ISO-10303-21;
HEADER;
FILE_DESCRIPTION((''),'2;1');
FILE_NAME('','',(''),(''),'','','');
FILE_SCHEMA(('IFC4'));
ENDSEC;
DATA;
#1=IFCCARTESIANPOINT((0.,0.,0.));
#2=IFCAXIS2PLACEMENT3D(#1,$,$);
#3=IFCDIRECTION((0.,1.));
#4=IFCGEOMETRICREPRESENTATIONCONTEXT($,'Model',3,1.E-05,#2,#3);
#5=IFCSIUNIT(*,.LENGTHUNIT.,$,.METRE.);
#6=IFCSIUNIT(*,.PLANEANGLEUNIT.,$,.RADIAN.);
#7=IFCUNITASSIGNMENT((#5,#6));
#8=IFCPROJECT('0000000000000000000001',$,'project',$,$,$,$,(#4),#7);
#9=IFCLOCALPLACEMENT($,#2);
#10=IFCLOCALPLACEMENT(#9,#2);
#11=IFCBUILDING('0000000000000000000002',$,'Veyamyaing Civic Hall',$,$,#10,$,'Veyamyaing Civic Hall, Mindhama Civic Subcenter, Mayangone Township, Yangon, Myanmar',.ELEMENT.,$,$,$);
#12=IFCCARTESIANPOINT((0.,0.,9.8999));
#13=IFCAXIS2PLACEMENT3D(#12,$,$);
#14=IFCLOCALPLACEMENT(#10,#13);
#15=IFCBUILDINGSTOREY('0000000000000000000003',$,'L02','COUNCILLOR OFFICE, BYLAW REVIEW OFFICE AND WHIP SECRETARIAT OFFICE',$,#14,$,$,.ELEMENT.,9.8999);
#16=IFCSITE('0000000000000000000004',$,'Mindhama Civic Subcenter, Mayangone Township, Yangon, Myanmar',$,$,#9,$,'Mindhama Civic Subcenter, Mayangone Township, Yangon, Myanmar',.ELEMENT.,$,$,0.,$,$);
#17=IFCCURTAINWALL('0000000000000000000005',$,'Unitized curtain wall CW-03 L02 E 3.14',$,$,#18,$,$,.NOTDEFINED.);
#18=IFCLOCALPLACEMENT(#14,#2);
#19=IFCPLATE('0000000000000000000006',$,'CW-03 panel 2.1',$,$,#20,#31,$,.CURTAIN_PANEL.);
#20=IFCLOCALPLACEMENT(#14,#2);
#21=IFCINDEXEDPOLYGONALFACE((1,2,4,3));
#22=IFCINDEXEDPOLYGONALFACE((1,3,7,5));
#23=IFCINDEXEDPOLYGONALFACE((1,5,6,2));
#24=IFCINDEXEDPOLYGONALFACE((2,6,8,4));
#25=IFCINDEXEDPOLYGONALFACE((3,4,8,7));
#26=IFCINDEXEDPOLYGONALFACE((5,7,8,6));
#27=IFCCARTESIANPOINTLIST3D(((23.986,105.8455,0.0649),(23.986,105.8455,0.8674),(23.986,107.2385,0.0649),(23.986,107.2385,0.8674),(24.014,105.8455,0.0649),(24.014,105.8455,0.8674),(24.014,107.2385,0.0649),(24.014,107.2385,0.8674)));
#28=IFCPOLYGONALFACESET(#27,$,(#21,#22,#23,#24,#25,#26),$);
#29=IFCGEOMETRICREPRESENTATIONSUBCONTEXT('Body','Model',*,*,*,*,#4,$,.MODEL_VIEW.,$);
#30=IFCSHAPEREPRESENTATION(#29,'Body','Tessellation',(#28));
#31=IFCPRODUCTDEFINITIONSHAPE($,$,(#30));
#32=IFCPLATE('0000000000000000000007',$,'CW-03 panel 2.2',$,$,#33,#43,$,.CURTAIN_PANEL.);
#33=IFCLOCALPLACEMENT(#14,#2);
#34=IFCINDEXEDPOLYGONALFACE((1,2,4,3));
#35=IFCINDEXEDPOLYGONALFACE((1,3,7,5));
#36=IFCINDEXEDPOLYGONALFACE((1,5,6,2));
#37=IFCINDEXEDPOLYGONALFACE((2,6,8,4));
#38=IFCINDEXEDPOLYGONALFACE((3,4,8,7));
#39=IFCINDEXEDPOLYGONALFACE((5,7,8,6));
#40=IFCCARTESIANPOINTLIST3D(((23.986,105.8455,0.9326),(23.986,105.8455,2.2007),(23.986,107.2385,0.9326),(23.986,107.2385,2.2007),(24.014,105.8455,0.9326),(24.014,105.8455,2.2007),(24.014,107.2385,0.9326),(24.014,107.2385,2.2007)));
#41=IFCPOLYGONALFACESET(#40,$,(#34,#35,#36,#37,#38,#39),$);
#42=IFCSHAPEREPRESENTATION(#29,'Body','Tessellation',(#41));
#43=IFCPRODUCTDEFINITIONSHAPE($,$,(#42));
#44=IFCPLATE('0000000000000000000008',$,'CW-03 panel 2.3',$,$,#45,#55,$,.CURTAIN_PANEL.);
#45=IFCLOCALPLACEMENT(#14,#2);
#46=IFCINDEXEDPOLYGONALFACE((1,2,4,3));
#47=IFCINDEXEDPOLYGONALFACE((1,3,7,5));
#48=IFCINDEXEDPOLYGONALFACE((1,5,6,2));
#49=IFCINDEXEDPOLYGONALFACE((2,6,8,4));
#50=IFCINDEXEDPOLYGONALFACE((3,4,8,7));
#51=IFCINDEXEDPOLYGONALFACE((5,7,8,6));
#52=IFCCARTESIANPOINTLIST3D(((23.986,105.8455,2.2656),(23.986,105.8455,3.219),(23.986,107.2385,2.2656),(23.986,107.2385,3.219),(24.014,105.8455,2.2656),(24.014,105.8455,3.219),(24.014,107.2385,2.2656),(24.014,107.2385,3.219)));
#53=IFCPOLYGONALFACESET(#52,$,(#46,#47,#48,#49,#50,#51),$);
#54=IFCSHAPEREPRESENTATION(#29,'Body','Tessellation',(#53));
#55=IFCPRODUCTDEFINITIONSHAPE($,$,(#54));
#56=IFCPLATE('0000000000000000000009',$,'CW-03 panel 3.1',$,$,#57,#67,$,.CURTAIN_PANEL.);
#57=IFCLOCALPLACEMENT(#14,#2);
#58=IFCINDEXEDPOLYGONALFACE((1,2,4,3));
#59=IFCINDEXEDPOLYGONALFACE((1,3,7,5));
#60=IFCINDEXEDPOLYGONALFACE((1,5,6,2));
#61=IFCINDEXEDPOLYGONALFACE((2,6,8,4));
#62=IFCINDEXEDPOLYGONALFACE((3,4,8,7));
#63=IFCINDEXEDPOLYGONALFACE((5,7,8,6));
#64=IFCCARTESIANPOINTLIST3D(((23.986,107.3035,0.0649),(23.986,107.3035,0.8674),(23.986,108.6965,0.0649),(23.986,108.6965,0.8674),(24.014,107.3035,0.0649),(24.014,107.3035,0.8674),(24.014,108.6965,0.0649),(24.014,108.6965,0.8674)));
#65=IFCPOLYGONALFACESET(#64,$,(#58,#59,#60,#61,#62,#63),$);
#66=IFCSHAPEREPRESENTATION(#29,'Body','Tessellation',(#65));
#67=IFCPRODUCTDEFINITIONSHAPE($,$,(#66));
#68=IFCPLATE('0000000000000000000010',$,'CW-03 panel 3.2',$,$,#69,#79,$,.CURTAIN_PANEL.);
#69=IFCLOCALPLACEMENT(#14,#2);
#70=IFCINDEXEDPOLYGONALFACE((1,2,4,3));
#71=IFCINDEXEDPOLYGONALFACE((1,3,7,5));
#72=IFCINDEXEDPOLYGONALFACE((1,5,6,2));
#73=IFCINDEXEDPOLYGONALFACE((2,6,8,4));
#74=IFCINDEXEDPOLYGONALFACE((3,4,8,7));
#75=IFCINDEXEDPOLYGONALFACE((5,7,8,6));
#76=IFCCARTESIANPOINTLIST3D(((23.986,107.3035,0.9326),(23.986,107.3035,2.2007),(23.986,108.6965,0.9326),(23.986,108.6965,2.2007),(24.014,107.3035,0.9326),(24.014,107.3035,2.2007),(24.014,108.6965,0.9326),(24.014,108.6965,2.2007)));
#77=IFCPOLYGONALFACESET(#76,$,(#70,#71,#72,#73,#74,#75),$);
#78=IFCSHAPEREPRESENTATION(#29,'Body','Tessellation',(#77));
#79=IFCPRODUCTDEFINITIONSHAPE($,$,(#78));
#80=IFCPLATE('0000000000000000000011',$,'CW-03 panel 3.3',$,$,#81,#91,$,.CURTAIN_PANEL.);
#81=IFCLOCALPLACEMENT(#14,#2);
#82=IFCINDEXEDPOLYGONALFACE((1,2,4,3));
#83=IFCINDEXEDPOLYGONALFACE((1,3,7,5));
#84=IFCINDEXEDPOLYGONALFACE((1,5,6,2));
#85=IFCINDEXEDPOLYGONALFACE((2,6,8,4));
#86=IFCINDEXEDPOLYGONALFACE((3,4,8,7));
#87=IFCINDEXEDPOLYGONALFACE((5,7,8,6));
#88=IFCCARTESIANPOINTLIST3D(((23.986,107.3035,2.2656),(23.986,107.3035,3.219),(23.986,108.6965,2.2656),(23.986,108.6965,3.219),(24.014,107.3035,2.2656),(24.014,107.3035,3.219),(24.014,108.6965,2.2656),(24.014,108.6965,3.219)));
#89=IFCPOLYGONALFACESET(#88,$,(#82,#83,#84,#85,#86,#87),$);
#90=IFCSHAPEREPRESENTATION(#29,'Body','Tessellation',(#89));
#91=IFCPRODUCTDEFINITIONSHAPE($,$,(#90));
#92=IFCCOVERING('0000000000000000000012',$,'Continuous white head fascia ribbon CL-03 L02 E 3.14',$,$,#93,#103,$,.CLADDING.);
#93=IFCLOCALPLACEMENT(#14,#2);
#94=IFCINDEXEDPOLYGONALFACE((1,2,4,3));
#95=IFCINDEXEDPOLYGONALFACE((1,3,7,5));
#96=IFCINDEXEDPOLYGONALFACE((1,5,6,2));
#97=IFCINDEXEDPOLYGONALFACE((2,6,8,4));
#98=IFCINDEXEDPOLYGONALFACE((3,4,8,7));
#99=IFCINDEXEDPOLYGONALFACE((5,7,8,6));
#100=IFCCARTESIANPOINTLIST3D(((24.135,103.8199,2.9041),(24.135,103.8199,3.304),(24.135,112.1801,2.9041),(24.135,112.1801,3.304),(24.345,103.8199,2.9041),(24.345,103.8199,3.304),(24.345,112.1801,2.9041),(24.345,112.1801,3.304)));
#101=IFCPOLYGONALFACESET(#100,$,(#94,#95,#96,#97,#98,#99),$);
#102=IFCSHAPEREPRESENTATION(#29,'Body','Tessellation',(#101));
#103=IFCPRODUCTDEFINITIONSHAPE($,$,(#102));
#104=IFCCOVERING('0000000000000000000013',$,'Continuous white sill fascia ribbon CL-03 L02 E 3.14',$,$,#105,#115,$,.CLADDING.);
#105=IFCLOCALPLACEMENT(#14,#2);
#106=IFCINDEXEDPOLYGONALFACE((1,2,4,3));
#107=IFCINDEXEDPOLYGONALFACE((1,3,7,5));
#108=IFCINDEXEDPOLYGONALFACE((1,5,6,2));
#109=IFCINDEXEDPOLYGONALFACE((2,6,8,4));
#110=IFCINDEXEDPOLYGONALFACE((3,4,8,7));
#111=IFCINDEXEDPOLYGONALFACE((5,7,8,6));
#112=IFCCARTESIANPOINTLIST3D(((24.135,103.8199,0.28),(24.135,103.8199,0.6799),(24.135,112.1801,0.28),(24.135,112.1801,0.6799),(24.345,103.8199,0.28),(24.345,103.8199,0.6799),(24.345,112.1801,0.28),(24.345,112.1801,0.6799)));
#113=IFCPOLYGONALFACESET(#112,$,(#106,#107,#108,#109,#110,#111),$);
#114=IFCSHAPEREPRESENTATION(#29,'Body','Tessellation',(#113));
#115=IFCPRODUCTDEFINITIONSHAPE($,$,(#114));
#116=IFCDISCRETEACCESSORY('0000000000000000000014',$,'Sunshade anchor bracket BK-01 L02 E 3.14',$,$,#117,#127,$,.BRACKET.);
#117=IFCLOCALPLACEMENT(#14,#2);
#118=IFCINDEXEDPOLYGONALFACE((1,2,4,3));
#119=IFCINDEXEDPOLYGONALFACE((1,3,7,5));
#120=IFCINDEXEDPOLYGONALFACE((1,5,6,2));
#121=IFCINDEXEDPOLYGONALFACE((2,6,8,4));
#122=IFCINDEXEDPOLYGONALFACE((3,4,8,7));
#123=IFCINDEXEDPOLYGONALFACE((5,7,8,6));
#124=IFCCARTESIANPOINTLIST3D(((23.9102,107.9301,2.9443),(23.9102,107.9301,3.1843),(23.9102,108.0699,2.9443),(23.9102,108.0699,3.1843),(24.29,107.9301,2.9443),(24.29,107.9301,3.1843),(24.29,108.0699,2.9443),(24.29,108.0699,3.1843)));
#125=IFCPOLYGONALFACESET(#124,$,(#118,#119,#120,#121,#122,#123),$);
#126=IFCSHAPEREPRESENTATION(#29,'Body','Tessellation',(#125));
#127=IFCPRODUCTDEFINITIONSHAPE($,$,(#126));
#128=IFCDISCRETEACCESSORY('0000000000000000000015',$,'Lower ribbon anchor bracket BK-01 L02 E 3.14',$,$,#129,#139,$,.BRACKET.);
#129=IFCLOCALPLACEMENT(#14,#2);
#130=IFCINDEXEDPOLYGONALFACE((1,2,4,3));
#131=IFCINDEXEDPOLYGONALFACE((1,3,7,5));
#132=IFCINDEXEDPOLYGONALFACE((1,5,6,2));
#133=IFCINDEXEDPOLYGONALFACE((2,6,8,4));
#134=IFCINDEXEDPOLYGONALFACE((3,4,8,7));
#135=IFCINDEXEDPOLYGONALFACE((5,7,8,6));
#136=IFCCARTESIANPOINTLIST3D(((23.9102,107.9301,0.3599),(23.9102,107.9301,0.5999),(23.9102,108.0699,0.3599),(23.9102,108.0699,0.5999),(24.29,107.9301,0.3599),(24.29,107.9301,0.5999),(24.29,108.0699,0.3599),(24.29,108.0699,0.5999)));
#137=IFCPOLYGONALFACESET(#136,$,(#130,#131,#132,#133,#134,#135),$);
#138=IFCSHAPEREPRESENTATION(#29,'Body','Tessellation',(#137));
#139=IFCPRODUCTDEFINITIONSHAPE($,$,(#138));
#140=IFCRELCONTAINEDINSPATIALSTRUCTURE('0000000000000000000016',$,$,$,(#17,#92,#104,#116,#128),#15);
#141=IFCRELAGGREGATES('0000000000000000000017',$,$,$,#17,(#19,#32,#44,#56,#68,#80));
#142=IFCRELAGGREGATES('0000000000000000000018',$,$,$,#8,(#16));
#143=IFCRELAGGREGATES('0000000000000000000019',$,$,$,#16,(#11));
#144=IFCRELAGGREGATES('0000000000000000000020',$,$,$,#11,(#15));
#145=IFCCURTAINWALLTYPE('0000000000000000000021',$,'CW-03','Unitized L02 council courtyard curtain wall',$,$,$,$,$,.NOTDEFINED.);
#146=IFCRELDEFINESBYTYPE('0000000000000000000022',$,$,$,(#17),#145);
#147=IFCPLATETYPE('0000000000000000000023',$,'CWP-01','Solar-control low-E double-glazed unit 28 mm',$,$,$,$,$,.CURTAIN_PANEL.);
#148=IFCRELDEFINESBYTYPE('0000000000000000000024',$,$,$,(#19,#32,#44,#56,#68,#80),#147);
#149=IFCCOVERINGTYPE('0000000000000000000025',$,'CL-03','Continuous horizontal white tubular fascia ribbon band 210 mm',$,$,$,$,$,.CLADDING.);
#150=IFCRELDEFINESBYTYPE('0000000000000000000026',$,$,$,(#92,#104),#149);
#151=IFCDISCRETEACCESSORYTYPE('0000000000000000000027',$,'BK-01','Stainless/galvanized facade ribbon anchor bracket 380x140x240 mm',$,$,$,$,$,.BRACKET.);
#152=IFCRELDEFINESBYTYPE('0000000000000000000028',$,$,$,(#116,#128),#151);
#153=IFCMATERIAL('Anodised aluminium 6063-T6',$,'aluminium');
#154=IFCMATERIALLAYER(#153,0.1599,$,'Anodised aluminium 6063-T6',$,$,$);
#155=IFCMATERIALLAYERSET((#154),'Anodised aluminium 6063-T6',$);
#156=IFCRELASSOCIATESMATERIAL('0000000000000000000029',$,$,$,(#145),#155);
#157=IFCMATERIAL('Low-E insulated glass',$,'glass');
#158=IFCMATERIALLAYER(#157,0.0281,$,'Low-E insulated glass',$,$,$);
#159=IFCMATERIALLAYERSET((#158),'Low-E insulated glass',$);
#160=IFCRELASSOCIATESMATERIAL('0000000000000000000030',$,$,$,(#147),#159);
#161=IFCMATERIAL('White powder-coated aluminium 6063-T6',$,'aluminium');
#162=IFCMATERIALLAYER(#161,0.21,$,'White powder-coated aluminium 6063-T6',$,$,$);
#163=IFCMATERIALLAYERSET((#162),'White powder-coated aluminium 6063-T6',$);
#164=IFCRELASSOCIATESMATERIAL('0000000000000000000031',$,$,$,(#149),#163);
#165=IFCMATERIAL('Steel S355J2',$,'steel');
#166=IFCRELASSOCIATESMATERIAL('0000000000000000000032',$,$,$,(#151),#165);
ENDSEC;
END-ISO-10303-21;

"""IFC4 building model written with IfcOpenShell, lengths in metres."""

from ifc_helpers import new_model, si_unit, direction, frame, origin, origin_2d, place, context, subcontext, project, spatial, rectangle, extrude, material, layer, layer_set, type_object, element, aggregate, save


model = new_model("IFC4")

# Units and contexts
model_context = context("Model", 3, precision=1e-05, world=origin(), true_north=direction((0.0, 1.0)))
body_context = subcontext(model_context, "Body", "Model", "MODEL_VIEW")
ifc_project = project(units=[si_unit("LENGTHUNIT", "METRE"), si_unit("PLANEANGLEUNIT", "RADIAN")], contexts=[model_context])

# Site, building, storey
site_placement = place(None, origin())
site = spatial("IfcSite", under=ifc_project, at=site_placement, Name="Mindhama Civic Subcenter, Mayangone Township, Yangon, Myanmar", LongName="Mindhama Civic Subcenter, Mayangone Township, Yangon, Myanmar", CompositionType="ELEMENT", RefElevation=0.0)
building_placement = place(site_placement, origin())
building = spatial("IfcBuilding", under=site, at=building_placement, Name="Veyamyaing Civic Hall", LongName="Veyamyaing Civic Hall, Mindhama Civic Subcenter, Mayangone Township, Yangon, Myanmar", CompositionType="ELEMENT")
storey_placement = place(building_placement, frame((0.0, 0.0, 9.8999)))
storey = spatial("IfcBuildingStorey", under=building, at=storey_placement, Name="L02", Description="COUNCILLOR OFFICE, BYLAW REVIEW OFFICE AND WHIP SECRETARIAT OFFICE", CompositionType="ELEMENT", Elevation=9.8999)

# Curtain wall
ifc_material_1 = material(Name="Anodised aluminium 6063-T6", Category="aluminium")
ifc_layer_1 = layer(ifc_material_1, 0.1599, Name="Anodised aluminium 6063-T6")
ifc_layer_set_1 = layer_set([ifc_layer_1], Name="Anodised aluminium 6063-T6")
curtain_wall_type = type_object("IfcCurtainWallType", Name="CW-03", Description="Unitized L02 council courtyard curtain wall", PredefinedType="NOTDEFINED", material=ifc_layer_set_1)
curtain_wall_placement = place(storey_placement, origin())
curtain_wall = element("IfcCurtainWall", 1, at=curtain_wall_placement, inside=storey, type_object=curtain_wall_type, Name="Unitized curtain wall CW-03 L02 E 3.14", PredefinedType="NOTDEFINED")

# Plates
ifc_material_2 = material(Name="Low-E insulated glass", Category="glass")
ifc_layer_2 = layer(ifc_material_2, 0.0281, Name="Low-E insulated glass")
ifc_layer_set_2 = layer_set([ifc_layer_2], Name="Low-E insulated glass")
plate_type = type_object("IfcPlateType", Name="CWP-01", Description="Solar-control low-E double-glazed unit 28 mm", PredefinedType="CURTAIN_PANEL", material=ifc_layer_set_2)
plate_1_placement = place(storey_placement, frame((24.0, 106.542, 0.0649), z_axis=(0.0, 0.0, 1.0), x_axis=(0.0, 1.0, 0.0)))
plate_1 = element("IfcPlate", 2, at=plate_1_placement, type_object=plate_type, Name="CW-03 panel 2.1", PredefinedType="CURTAIN_PANEL", context=body_context, shape_type="SweptSolid", body=[
    extrude(rectangle(XDim=1.3931, YDim=0.0281, at=origin_2d()), origin(), (0.0, 0.0, 1.0), 0.8025),
])
plate_2_placement = place(storey_placement, frame((24.0, 106.542, 0.9326), z_axis=(0.0, 0.0, 1.0), x_axis=(0.0, 1.0, 0.0)))
plate_2 = element("IfcPlate", 3, at=plate_2_placement, type_object=plate_type, Name="CW-03 panel 2.2", PredefinedType="CURTAIN_PANEL", context=body_context, shape_type="SweptSolid", body=[
    extrude(rectangle(XDim=1.3931, YDim=0.0281, at=origin_2d()), origin(), (0.0, 0.0, 1.0), 1.2681),
])
plate_3_placement = place(storey_placement, frame((24.0, 106.542, 2.2656), z_axis=(0.0, 0.0, 1.0), x_axis=(0.0, 1.0, 0.0)))
plate_3 = element("IfcPlate", 4, at=plate_3_placement, type_object=plate_type, Name="CW-03 panel 2.3", PredefinedType="CURTAIN_PANEL", context=body_context, shape_type="SweptSolid", body=[
    extrude(rectangle(XDim=1.3931, YDim=0.0281, at=origin_2d()), origin(), (0.0, 0.0, 1.0), 0.9534),
])
plate_4_placement = place(storey_placement, frame((24.0, 108.0, 0.0649), z_axis=(0.0, 0.0, 1.0), x_axis=(0.0, 1.0, 0.0)))
plate_4 = element("IfcPlate", 5, at=plate_4_placement, type_object=plate_type, Name="CW-03 panel 3.1", PredefinedType="CURTAIN_PANEL", context=body_context, shape_type="SweptSolid", body=[
    extrude(rectangle(XDim=1.3931, YDim=0.0281, at=origin_2d()), origin(), (0.0, 0.0, 1.0), 0.8025),
])
plate_5_placement = place(storey_placement, frame((24.0, 108.0, 0.9326), z_axis=(0.0, 0.0, 1.0), x_axis=(0.0, 1.0, 0.0)))
plate_5 = element("IfcPlate", 6, at=plate_5_placement, type_object=plate_type, Name="CW-03 panel 3.2", PredefinedType="CURTAIN_PANEL", context=body_context, shape_type="SweptSolid", body=[
    extrude(rectangle(XDim=1.3931, YDim=0.0281, at=origin_2d()), origin(), (0.0, 0.0, 1.0), 1.2681),
])
plate_6_placement = place(storey_placement, frame((24.0, 108.0, 2.2656), z_axis=(0.0, 0.0, 1.0), x_axis=(0.0, 1.0, 0.0)))
plate_6 = element("IfcPlate", 7, at=plate_6_placement, type_object=plate_type, Name="CW-03 panel 3.3", PredefinedType="CURTAIN_PANEL", context=body_context, shape_type="SweptSolid", body=[
    extrude(rectangle(XDim=1.3931, YDim=0.0281, at=origin_2d()), origin(), (0.0, 0.0, 1.0), 0.9534),
])
aggregate(curtain_wall, [plate_1, plate_2, plate_3, plate_4, plate_5, plate_6])

# Coverings
ifc_material_3 = material(Name="White powder-coated aluminium 6063-T6", Category="aluminium")
ifc_layer_3 = layer(ifc_material_3, 0.21, Name="White powder-coated aluminium 6063-T6")
ifc_layer_set_3 = layer_set([ifc_layer_3], Name="White powder-coated aluminium 6063-T6")
covering_type = type_object("IfcCoveringType", Name="CL-03", Description="Continuous horizontal white tubular fascia ribbon band 210 mm", PredefinedType="CLADDING", material=ifc_layer_set_3)
for number, where, z_axis, x_axis, name in (
    (8, (24.24, 108.0, 2.9041), (0.0, 0.0, 1.0), (0.0, 1.0, 0.0), "Continuous white head fascia ribbon CL-03 L02 E 3.14"),
    (9, (24.24, 108.0, 0.28), (0.0, 0.0, 1.0), (0.0, 1.0, 0.0), "Continuous white sill fascia ribbon CL-03 L02 E 3.14"),
):
    element("IfcCovering", number, at=place(storey_placement, frame(where, z_axis=z_axis, x_axis=x_axis)), inside=storey, type_object=covering_type, Name=name, PredefinedType="CLADDING", context=body_context, shape_type="SweptSolid", body=[
        extrude(rectangle(XDim=8.3601, YDim=0.21, at=origin_2d()), origin(), (0.0, 0.0, 1.0), 0.3999),
    ])

# Discrete accessories
ifc_material_4 = material(Name="Steel S355J2", Category="steel")
discrete_accessory_type = type_object("IfcDiscreteAccessoryType", Name="BK-01", Description="Stainless/galvanized facade ribbon anchor bracket 380x140x240 mm", PredefinedType="BRACKET", material=ifc_material_4)
for number, where, z_axis, x_axis, name in (
    (10, (24.1001, 108.0, 2.9443), (0.0, 0.0, 1.0), (1.0, 0.0, 0.0), "Sunshade anchor bracket BK-01 L02 E 3.14"),
    (11, (24.1001, 108.0, 0.3599), (0.0, 0.0, 1.0), (1.0, 0.0, 0.0), "Lower ribbon anchor bracket BK-01 L02 E 3.14"),
):
    element("IfcDiscreteAccessory", number, at=place(storey_placement, frame(where, z_axis=z_axis, x_axis=x_axis)), inside=storey, type_object=discrete_accessory_type, Name=name, PredefinedType="BRACKET", context=body_context, shape_type="SweptSolid", body=[
        extrude(rectangle(XDim=0.3799, YDim=0.1399, at=origin_2d()), origin(), (0.0, 0.0, 1.0), 0.24),
    ])

save(model, "model.ifc")
